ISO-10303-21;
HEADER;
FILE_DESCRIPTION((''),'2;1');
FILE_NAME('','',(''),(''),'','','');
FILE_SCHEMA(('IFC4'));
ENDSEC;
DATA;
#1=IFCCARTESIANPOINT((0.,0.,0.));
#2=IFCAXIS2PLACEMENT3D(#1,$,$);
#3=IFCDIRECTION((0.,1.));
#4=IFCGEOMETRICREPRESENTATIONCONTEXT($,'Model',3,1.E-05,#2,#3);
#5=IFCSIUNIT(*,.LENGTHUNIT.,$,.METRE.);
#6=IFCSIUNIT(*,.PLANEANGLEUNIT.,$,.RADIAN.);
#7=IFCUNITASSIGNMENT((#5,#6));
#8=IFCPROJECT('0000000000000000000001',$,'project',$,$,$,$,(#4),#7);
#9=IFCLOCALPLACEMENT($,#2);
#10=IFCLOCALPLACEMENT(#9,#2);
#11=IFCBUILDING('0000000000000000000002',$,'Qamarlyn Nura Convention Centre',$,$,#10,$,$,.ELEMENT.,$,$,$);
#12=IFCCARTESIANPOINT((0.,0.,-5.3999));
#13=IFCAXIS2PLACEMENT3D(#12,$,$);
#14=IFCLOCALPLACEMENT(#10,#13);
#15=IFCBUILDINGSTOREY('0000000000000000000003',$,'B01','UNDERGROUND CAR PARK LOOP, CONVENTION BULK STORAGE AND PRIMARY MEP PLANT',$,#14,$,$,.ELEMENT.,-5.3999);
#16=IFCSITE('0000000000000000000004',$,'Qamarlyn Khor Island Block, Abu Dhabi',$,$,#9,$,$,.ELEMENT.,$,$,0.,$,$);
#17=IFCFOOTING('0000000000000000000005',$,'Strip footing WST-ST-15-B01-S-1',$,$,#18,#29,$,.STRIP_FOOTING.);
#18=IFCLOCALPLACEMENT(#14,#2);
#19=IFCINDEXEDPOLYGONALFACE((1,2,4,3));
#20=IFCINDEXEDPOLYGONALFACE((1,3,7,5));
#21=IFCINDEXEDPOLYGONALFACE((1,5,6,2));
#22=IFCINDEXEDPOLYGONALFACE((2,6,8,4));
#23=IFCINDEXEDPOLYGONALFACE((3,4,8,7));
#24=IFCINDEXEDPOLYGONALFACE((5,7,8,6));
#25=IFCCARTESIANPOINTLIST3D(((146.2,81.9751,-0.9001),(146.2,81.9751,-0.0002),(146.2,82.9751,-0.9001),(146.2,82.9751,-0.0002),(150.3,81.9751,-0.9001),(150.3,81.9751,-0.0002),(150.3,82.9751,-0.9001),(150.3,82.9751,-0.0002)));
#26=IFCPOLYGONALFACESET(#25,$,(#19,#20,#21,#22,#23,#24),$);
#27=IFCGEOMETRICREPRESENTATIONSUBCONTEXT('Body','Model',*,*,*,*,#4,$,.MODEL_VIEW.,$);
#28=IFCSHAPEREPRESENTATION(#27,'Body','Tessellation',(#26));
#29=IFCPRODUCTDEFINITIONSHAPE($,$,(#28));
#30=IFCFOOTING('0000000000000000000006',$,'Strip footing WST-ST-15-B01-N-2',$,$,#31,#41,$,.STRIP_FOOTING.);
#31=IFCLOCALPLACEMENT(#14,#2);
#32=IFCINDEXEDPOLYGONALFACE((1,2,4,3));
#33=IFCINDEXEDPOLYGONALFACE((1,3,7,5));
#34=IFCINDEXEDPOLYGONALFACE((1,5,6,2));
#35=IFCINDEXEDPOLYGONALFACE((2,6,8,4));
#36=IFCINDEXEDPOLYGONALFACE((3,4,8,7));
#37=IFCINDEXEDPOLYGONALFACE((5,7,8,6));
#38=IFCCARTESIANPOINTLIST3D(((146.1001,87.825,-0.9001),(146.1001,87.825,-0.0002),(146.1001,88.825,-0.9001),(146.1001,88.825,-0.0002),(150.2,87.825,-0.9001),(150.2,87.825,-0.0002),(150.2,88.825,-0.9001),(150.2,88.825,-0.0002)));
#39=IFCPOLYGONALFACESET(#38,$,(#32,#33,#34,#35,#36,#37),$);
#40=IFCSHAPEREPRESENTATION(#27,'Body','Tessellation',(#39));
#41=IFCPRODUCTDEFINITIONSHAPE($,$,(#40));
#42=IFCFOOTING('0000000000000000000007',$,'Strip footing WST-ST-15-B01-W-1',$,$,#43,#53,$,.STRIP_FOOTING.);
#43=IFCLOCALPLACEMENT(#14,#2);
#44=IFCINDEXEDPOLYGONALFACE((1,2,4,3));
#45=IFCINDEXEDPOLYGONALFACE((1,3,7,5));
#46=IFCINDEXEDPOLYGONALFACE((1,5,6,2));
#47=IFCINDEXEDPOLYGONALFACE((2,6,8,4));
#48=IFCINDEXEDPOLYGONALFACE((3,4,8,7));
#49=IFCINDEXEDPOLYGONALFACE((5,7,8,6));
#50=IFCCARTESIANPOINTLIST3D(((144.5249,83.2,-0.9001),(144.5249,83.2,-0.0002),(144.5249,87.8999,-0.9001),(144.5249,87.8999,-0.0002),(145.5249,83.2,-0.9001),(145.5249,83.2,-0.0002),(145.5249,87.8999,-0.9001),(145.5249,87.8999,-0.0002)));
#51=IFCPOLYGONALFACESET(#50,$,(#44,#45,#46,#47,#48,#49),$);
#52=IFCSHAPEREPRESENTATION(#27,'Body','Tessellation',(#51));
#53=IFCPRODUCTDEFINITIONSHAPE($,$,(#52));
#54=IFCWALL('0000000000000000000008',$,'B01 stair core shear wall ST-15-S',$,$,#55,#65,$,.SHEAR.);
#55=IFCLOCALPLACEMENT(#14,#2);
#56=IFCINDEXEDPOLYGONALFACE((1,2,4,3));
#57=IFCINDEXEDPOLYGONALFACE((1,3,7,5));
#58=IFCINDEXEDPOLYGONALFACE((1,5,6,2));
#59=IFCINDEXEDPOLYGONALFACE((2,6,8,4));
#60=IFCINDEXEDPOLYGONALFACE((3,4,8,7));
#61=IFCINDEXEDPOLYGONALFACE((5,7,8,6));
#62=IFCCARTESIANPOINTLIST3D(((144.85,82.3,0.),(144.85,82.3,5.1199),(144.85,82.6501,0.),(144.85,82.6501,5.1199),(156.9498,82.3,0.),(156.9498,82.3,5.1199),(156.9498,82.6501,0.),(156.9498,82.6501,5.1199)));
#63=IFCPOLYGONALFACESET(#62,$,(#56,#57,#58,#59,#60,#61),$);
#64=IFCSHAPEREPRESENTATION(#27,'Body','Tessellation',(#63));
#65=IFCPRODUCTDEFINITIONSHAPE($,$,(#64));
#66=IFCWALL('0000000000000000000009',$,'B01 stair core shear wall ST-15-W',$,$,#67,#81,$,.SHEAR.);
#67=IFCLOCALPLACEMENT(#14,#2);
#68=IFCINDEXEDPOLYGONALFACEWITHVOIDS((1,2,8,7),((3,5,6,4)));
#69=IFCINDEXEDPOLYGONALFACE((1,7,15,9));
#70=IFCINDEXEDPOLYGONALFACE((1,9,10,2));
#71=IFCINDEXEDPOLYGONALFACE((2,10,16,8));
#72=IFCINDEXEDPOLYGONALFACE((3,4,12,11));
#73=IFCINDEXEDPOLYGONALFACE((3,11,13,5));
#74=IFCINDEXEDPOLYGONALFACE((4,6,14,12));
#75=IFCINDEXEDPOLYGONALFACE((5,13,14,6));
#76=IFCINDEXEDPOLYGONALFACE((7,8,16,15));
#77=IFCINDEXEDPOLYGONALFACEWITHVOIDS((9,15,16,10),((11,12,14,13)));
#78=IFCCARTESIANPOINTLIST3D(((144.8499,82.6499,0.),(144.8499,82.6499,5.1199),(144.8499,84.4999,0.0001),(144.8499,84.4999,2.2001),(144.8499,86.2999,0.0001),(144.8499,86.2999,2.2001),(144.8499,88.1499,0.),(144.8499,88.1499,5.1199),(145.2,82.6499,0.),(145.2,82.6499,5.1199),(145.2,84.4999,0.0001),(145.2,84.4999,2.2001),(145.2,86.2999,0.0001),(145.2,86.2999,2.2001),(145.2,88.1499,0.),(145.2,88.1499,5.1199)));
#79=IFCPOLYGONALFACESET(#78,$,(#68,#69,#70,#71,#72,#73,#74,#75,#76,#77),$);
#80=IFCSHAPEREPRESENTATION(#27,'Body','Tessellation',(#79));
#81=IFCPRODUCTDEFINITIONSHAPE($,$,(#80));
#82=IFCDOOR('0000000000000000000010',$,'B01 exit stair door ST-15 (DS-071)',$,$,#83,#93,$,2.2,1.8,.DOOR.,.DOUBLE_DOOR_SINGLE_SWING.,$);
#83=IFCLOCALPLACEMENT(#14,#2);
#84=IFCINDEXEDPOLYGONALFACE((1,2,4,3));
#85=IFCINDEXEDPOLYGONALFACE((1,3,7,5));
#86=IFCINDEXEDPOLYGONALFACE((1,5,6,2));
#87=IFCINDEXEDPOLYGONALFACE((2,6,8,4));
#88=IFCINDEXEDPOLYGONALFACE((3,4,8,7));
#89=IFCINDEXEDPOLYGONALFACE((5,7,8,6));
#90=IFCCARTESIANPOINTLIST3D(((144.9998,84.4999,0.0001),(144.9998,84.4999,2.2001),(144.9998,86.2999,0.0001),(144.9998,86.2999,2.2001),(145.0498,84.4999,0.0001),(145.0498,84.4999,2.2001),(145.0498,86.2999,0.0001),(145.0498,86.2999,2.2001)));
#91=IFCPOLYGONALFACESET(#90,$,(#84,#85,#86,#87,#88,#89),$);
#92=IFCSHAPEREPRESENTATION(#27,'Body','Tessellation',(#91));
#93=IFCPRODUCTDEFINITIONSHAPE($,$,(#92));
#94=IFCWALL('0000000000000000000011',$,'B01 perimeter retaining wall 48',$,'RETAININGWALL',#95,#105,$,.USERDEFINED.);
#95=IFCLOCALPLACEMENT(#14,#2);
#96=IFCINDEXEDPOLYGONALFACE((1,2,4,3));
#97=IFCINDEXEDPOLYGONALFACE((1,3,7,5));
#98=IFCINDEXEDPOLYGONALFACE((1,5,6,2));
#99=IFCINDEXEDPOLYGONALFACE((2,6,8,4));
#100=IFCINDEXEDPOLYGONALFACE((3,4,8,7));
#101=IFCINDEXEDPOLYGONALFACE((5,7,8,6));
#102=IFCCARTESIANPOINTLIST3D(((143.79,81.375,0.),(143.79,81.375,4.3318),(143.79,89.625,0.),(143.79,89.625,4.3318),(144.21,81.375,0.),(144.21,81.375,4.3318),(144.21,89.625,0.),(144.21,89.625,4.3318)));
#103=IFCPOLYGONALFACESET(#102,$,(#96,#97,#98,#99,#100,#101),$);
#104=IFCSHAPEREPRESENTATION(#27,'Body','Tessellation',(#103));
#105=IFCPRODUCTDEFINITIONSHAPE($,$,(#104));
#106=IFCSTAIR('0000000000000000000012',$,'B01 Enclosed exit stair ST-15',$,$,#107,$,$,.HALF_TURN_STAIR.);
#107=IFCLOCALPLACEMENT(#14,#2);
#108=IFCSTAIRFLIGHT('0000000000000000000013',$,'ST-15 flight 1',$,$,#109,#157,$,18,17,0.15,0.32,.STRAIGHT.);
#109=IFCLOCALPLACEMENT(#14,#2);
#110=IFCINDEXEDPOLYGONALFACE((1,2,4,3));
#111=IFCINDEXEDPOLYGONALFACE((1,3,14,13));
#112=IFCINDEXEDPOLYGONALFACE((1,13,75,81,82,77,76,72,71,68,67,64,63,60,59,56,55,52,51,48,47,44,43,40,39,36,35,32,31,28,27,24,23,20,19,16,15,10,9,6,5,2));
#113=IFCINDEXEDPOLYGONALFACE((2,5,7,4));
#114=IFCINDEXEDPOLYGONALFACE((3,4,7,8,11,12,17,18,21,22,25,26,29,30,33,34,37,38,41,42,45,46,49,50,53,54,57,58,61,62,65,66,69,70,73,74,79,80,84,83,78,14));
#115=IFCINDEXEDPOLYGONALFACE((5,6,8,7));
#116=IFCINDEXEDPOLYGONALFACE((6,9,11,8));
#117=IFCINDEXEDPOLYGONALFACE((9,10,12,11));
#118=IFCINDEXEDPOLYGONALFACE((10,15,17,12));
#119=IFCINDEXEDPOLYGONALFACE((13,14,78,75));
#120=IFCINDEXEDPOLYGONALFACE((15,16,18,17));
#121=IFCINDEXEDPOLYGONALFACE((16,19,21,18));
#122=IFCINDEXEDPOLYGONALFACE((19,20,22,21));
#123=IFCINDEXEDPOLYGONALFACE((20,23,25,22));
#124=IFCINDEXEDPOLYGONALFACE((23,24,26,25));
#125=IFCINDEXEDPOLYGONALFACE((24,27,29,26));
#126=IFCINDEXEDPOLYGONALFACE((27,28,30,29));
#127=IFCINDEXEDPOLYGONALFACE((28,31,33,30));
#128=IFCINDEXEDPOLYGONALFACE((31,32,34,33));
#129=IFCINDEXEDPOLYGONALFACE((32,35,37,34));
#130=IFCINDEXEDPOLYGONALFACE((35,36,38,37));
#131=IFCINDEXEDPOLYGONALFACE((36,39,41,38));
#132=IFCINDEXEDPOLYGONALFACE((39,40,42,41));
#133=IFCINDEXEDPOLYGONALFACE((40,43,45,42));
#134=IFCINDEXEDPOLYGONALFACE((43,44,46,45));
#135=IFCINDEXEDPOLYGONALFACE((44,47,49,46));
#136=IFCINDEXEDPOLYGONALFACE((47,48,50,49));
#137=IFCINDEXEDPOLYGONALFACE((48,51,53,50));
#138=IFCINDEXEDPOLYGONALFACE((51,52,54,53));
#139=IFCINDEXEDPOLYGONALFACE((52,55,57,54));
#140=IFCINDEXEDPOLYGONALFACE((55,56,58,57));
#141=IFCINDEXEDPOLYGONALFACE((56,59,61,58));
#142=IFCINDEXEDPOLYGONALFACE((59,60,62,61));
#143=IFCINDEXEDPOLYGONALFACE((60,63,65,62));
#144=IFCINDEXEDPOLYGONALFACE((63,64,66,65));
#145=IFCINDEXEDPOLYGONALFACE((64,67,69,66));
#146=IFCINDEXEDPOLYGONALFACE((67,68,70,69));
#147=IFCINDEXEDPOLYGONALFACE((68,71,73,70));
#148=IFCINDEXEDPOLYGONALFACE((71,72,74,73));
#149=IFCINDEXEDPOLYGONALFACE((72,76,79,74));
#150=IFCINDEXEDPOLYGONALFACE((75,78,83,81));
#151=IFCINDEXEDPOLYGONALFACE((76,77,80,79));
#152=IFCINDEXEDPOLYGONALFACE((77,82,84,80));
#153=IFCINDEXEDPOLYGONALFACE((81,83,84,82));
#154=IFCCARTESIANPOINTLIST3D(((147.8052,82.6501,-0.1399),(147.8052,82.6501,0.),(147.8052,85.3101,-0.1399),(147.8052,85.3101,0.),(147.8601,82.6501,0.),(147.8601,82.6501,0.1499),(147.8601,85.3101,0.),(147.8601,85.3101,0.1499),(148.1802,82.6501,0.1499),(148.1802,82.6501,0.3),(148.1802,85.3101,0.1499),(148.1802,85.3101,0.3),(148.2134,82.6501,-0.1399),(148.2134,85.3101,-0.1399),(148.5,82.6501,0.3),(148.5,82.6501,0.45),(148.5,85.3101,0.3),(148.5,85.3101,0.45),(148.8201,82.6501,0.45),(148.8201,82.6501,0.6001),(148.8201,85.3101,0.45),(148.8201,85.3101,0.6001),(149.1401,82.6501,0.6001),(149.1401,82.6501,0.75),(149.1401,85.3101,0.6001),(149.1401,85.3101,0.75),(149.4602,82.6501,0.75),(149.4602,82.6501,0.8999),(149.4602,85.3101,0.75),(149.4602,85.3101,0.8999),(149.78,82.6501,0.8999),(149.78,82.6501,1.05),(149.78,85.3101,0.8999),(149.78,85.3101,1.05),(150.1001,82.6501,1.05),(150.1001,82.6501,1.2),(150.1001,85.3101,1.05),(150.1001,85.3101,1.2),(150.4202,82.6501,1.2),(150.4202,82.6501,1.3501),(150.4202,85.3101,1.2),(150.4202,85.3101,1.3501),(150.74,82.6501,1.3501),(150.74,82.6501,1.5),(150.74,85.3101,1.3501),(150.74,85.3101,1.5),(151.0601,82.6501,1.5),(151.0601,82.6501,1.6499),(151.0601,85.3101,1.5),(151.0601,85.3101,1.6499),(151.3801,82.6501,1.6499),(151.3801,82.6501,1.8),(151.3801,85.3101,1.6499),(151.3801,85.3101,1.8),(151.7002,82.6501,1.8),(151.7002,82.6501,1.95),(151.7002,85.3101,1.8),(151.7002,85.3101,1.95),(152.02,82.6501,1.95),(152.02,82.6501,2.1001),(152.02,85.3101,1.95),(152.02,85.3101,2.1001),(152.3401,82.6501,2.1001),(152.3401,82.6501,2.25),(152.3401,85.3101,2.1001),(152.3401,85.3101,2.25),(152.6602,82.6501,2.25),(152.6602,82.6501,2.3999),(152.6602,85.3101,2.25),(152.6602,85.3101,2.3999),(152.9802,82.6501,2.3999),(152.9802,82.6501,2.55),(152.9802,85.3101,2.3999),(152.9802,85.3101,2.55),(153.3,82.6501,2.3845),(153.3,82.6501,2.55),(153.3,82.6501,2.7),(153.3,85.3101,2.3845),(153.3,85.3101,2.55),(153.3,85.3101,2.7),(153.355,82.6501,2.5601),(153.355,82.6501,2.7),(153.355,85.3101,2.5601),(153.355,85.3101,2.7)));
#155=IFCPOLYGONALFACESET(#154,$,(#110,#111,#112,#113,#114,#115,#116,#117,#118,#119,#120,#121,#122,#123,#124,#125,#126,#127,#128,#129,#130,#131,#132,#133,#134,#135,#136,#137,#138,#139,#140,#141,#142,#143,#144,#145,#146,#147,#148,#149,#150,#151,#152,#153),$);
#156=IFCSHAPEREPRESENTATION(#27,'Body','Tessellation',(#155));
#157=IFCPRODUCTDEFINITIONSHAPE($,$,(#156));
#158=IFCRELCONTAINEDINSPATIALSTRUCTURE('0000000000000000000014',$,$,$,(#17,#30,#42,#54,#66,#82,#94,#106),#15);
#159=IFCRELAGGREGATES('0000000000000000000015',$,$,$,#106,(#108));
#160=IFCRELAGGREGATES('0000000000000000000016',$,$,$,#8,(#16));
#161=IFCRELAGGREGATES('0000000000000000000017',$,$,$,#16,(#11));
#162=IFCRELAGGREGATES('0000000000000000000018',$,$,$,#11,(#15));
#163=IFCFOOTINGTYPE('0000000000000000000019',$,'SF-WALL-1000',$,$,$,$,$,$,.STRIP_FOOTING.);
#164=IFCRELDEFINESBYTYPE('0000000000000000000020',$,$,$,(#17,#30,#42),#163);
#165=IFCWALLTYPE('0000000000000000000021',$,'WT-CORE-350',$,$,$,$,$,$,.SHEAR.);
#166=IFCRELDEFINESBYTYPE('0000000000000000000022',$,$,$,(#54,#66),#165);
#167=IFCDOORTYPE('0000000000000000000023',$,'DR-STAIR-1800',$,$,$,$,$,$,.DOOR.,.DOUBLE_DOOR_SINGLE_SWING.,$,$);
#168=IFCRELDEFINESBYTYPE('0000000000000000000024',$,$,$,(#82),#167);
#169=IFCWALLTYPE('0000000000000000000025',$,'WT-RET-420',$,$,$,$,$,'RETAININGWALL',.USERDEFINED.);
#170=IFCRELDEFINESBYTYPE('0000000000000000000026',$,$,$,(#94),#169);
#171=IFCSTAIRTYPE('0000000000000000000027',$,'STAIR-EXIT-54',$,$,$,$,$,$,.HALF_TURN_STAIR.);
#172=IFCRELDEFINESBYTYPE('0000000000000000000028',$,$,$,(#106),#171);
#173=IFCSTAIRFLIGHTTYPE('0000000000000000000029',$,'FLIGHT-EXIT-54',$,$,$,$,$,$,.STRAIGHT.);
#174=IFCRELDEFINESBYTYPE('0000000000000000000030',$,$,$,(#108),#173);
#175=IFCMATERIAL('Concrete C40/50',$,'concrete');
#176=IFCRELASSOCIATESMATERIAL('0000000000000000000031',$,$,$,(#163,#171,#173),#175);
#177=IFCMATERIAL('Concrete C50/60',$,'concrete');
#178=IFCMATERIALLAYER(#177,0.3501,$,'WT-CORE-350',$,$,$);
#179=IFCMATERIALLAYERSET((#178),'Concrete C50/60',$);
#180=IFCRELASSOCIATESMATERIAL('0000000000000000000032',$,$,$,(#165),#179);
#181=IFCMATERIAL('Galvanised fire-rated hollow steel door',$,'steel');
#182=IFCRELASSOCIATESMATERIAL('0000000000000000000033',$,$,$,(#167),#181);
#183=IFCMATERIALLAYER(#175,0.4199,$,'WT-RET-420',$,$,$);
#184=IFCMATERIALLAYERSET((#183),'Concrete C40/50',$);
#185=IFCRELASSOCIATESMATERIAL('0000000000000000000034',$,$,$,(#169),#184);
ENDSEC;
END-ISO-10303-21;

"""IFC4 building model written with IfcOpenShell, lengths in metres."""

from ifc_helpers import new_model, si_unit, direction, frame, frame_2d, origin, origin_2d, place, context, subcontext, project, spatial, polyline, rectangle, outline, extrude, material, layer, layer_set, material_profile, profile_set, type_object, element, fill, aggregate, save


model = new_model("IFC4")

# Units and contexts
model_context = context("Model", 3, precision=1e-05, world=origin(), true_north=direction((0.0, 1.0)))
body_context = subcontext(model_context, "Body", "Model", "MODEL_VIEW")
ifc_project = project(units=[si_unit("LENGTHUNIT", "METRE"), si_unit("PLANEANGLEUNIT", "RADIAN")], contexts=[model_context])

# Site, building, storey
site_placement = place(None, origin())
site = spatial("IfcSite", under=ifc_project, at=site_placement, Name="Qamarlyn Khor Island Block, Abu Dhabi", CompositionType="ELEMENT", RefElevation=0.0)
building_placement = place(site_placement, origin())
building = spatial("IfcBuilding", under=site, at=building_placement, Name="Qamarlyn Nura Convention Centre", CompositionType="ELEMENT")
storey_placement = place(building_placement, frame((0.0, 0.0, -5.3999)))
storey = spatial("IfcBuildingStorey", under=building, at=storey_placement, Name="B01", Description="UNDERGROUND CAR PARK LOOP, CONVENTION BULK STORAGE AND PRIMARY MEP PLANT", CompositionType="ELEMENT", Elevation=-5.3999)

# Shared definitions
ifc_material_1 = material(Name="Concrete C40/50", Category="concrete")

# Footings
ifc_material_profile_1 = material_profile(ifc_material_1, rectangle(XDim=1.0, YDim=0.8999, at=origin_2d()), Name="RC STRIP 1000x900")
ifc_profile_set_1 = profile_set([ifc_material_profile_1], Name="Concrete C40/50")
footing_type_1 = type_object("IfcFootingType", Name="SF-WALL-1000", PredefinedType="STRIP_FOOTING", material=ifc_profile_set_1)
footing_1_placement = place(storey_placement, frame((146.2, 82.4751, -0.4502), z_axis=(1.0, 0.0, 0.0), x_axis=(0.0, 1.0, 0.0)))
element("IfcFooting", 1, at=footing_1_placement, inside=storey, type_object=footing_type_1, Name="Strip footing WST-ST-15-B01-S-1", PredefinedType="STRIP_FOOTING", context=body_context, shape_type="SweptSolid", body=[
    extrude(rectangle(XDim=1.0, YDim=0.8999, at=origin_2d()), origin(), (0.0, 0.0, 1.0), 4.1001),
])
footing_2_placement = place(storey_placement, frame((150.2, 88.325, -0.4502), z_axis=(-1.0, 0.0, 0.0), x_axis=(0.0, -1.0, 0.0)))
element("IfcFooting", 2, at=footing_2_placement, inside=storey, type_object=footing_type_1, Name="Strip footing WST-ST-15-B01-N-2", PredefinedType="STRIP_FOOTING", context=body_context, shape_type="SweptSolid", body=[
    extrude(rectangle(XDim=1.0, YDim=0.8999, at=origin_2d()), origin(), (0.0, 0.0, 1.0), 4.0999),
])
footing_3_placement = place(storey_placement, frame((145.0249, 87.8999, -0.4502), z_axis=(0.0, -1.0, 0.0), x_axis=(1.0, 0.0, 0.0)))
element("IfcFooting", 3, at=footing_3_placement, inside=storey, type_object=footing_type_1, Name="Strip footing WST-ST-15-B01-W-1", PredefinedType="STRIP_FOOTING", context=body_context, shape_type="SweptSolid", body=[
    extrude(rectangle(XDim=1.0, YDim=0.8999, at=origin_2d()), origin(), (0.0, 0.0, 1.0), 4.7),
])

# Wall
ifc_material_2 = material(Name="Concrete C50/60", Category="concrete")
ifc_layer_1 = layer(ifc_material_2, 0.3501, Name="WT-CORE-350")
ifc_layer_set_1 = layer_set([ifc_layer_1], Name="Concrete C50/60")
wall_type_1 = type_object("IfcWallType", Name="WT-CORE-350", PredefinedType="SHEAR", material=ifc_layer_set_1)
wall_1_placement = place(storey_placement, frame((144.8501, 82.4751, 0.0), z_axis=(0.0, 0.0, 1.0), x_axis=(1.0, 0.0, 0.0)))
element("IfcWall", 4, at=wall_1_placement, inside=storey, type_object=wall_type_1, Name="B01 stair core shear wall ST-15-S", PredefinedType="SHEAR", context=body_context, shape_type="SweptSolid", body=[
    extrude(rectangle(XDim=12.0999, YDim=0.3501, at=frame_2d((6.0498, 0.0))), origin(), (0.0, 0.0, 1.0), 5.1199),
])

# Wall, opening, door
wall_2_placement = place(storey_placement, frame((145.0249, 88.1499, 0.0), z_axis=(0.0, 0.0, 1.0), x_axis=(0.0, -1.0, 0.0)))
wall_2 = element("IfcWall", 5, at=wall_2_placement, inside=storey, type_object=wall_type_1, Name="B01 stair core shear wall ST-15-W", PredefinedType="SHEAR", context=body_context, shape_type="SweptSolid", body=[
    extrude(rectangle(XDim=5.5, YDim=0.3501, at=frame_2d((2.75, 0.0))), origin(), (0.0, 0.0, 1.0), 5.1199),
])
opening_placement = place(wall_2_placement, frame((1.8501, 0.0, 0.0)))
opening = element("IfcOpeningElement", 6, at=opening_placement, cuts=wall_2, PredefinedType="OPENING", context=body_context, shape_type="SweptSolid", body=[
    extrude(rectangle(XDim=1.8, YDim=2.2, at=frame_2d((0.8999, 1.1001))), frame((0.0, 0.1851, 0.0), z_axis=(0.0, -1.0, 0.0), x_axis=(1.0, 0.0, 0.0)), (0.0, 0.0, 1.0), 0.3701),
])
ifc_material_3 = material(Name="Galvanised fire-rated hollow steel door", Category="steel")
door_type = type_object("IfcDoorType", Name="DR-STAIR-1800", OperationType="DOUBLE_DOOR_SINGLE_SWING", PredefinedType="DOOR", material=ifc_material_3)
door_placement = place(opening_placement, origin())
door = element("IfcDoor", 7, at=door_placement, inside=storey, type_object=door_type, Name="B01 exit stair door ST-15 (DS-071)", OperationType="DOUBLE_DOOR_SINGLE_SWING", OverallHeight=2.2, OverallWidth=1.8, PredefinedType="DOOR", context=body_context, shape_type="SweptSolid", body=[
    extrude(rectangle(XDim=1.8, YDim=2.2, at=frame_2d((0.8999, 1.1001))), frame((0.0, 0.0249, 0.0), z_axis=(0.0, -1.0, 0.0), x_axis=(1.0, 0.0, 0.0)), (0.0, 0.0, 1.0), 0.05),
])
fill(opening, door)

# Wall
ifc_layer_2 = layer(ifc_material_1, 0.4199, Name="WT-RET-420")
ifc_layer_set_2 = layer_set([ifc_layer_2], Name="Concrete C40/50")
wall_type_2 = type_object("IfcWallType", Name="WT-RET-420", ElementType="RETAININGWALL", PredefinedType="USERDEFINED", material=ifc_layer_set_2)
wall_3_placement = place(storey_placement, frame((144.0, 81.375, 0.0), z_axis=(0.0, 0.0, 1.0), x_axis=(0.0, 1.0, 0.0)))
element("IfcWall", 8, at=wall_3_placement, inside=storey, type_object=wall_type_2, Name="B01 perimeter retaining wall 48", ObjectType="RETAININGWALL", PredefinedType="USERDEFINED", context=body_context, shape_type="SweptSolid", body=[
    extrude(rectangle(XDim=8.25, YDim=0.4199, at=frame_2d((4.125, 0.0))), origin(), (0.0, 0.0, 1.0), 4.3318),
])

# Stair, stair flight
stair_type = type_object("IfcStairType", Name="STAIR-EXIT-54", PredefinedType="HALF_TURN_STAIR", material=ifc_material_1)
stair_placement = place(storey_placement, origin())
stair = element("IfcStair", 9, at=stair_placement, inside=storey, type_object=stair_type, Name="B01 Enclosed exit stair ST-15", PredefinedType="HALF_TURN_STAIR")
stair_flight_type = type_object("IfcStairFlightType", Name="FLIGHT-EXIT-54", PredefinedType="STRAIGHT", material=ifc_material_1)
stair_flight_1_placement = place(storey_placement, frame((147.8601, 83.98, 0.0), z_axis=(0.0, 0.0, 1.0), x_axis=(1.0, 0.0, 0.0)))
stair_flight_1 = element("IfcStairFlight", 10, at=stair_flight_1_placement, type_object=stair_flight_type, Name="ST-15 flight 1", NumberOfRisers=18, NumberOfTreads=17, PredefinedType="STRAIGHT", RiserHeight=0.15, TreadLength=0.32, context=body_context, shape_type="SweptSolid", body=[
    extrude(outline(polyline([(-0.0549, 0.0), (0.0, 0.0), (0.0, 0.1499), (0.3201, 0.1499), (0.3201, 0.3), (0.6399, 0.3), (0.6399, 0.45), (0.96, 0.45), (0.96, 0.6001), (1.28, 0.6001), (1.28, 0.75), (1.6001, 0.75), (1.6001, 0.8999), (1.9199, 0.8999), (1.9199, 1.05), (2.24, 1.05), (2.24, 1.2), (2.5601, 1.2), (2.5601, 1.3501), (2.8799, 1.3501), (2.8799, 1.5), (3.2, 1.5), (3.2, 1.6499), (3.52, 1.6499), (3.52, 1.8), (3.8401, 1.8), (3.8401, 1.95), (4.1599, 1.95), (4.1599, 2.1001), (4.48, 2.1001), (4.48, 2.25), (4.8, 2.25), (4.8, 2.3999), (5.1201, 2.3999), (5.1201, 2.55), (5.4399, 2.55), (5.4399, 2.7), (5.4949, 2.7), (5.4949, 2.5601), (5.4399, 2.3845), (0.3533, -0.1399), (-0.0549, -0.1399), (-0.0549, 0.0)])), frame((0.0, 1.3301, 0.0), z_axis=(0.0, -1.0, 0.0), x_axis=(1.0, 0.0, 0.0)), (0.0, 0.0, 1.0), 2.6599),
])
aggregate(stair, [stair_flight_1])

save(model, "model.ifc")
